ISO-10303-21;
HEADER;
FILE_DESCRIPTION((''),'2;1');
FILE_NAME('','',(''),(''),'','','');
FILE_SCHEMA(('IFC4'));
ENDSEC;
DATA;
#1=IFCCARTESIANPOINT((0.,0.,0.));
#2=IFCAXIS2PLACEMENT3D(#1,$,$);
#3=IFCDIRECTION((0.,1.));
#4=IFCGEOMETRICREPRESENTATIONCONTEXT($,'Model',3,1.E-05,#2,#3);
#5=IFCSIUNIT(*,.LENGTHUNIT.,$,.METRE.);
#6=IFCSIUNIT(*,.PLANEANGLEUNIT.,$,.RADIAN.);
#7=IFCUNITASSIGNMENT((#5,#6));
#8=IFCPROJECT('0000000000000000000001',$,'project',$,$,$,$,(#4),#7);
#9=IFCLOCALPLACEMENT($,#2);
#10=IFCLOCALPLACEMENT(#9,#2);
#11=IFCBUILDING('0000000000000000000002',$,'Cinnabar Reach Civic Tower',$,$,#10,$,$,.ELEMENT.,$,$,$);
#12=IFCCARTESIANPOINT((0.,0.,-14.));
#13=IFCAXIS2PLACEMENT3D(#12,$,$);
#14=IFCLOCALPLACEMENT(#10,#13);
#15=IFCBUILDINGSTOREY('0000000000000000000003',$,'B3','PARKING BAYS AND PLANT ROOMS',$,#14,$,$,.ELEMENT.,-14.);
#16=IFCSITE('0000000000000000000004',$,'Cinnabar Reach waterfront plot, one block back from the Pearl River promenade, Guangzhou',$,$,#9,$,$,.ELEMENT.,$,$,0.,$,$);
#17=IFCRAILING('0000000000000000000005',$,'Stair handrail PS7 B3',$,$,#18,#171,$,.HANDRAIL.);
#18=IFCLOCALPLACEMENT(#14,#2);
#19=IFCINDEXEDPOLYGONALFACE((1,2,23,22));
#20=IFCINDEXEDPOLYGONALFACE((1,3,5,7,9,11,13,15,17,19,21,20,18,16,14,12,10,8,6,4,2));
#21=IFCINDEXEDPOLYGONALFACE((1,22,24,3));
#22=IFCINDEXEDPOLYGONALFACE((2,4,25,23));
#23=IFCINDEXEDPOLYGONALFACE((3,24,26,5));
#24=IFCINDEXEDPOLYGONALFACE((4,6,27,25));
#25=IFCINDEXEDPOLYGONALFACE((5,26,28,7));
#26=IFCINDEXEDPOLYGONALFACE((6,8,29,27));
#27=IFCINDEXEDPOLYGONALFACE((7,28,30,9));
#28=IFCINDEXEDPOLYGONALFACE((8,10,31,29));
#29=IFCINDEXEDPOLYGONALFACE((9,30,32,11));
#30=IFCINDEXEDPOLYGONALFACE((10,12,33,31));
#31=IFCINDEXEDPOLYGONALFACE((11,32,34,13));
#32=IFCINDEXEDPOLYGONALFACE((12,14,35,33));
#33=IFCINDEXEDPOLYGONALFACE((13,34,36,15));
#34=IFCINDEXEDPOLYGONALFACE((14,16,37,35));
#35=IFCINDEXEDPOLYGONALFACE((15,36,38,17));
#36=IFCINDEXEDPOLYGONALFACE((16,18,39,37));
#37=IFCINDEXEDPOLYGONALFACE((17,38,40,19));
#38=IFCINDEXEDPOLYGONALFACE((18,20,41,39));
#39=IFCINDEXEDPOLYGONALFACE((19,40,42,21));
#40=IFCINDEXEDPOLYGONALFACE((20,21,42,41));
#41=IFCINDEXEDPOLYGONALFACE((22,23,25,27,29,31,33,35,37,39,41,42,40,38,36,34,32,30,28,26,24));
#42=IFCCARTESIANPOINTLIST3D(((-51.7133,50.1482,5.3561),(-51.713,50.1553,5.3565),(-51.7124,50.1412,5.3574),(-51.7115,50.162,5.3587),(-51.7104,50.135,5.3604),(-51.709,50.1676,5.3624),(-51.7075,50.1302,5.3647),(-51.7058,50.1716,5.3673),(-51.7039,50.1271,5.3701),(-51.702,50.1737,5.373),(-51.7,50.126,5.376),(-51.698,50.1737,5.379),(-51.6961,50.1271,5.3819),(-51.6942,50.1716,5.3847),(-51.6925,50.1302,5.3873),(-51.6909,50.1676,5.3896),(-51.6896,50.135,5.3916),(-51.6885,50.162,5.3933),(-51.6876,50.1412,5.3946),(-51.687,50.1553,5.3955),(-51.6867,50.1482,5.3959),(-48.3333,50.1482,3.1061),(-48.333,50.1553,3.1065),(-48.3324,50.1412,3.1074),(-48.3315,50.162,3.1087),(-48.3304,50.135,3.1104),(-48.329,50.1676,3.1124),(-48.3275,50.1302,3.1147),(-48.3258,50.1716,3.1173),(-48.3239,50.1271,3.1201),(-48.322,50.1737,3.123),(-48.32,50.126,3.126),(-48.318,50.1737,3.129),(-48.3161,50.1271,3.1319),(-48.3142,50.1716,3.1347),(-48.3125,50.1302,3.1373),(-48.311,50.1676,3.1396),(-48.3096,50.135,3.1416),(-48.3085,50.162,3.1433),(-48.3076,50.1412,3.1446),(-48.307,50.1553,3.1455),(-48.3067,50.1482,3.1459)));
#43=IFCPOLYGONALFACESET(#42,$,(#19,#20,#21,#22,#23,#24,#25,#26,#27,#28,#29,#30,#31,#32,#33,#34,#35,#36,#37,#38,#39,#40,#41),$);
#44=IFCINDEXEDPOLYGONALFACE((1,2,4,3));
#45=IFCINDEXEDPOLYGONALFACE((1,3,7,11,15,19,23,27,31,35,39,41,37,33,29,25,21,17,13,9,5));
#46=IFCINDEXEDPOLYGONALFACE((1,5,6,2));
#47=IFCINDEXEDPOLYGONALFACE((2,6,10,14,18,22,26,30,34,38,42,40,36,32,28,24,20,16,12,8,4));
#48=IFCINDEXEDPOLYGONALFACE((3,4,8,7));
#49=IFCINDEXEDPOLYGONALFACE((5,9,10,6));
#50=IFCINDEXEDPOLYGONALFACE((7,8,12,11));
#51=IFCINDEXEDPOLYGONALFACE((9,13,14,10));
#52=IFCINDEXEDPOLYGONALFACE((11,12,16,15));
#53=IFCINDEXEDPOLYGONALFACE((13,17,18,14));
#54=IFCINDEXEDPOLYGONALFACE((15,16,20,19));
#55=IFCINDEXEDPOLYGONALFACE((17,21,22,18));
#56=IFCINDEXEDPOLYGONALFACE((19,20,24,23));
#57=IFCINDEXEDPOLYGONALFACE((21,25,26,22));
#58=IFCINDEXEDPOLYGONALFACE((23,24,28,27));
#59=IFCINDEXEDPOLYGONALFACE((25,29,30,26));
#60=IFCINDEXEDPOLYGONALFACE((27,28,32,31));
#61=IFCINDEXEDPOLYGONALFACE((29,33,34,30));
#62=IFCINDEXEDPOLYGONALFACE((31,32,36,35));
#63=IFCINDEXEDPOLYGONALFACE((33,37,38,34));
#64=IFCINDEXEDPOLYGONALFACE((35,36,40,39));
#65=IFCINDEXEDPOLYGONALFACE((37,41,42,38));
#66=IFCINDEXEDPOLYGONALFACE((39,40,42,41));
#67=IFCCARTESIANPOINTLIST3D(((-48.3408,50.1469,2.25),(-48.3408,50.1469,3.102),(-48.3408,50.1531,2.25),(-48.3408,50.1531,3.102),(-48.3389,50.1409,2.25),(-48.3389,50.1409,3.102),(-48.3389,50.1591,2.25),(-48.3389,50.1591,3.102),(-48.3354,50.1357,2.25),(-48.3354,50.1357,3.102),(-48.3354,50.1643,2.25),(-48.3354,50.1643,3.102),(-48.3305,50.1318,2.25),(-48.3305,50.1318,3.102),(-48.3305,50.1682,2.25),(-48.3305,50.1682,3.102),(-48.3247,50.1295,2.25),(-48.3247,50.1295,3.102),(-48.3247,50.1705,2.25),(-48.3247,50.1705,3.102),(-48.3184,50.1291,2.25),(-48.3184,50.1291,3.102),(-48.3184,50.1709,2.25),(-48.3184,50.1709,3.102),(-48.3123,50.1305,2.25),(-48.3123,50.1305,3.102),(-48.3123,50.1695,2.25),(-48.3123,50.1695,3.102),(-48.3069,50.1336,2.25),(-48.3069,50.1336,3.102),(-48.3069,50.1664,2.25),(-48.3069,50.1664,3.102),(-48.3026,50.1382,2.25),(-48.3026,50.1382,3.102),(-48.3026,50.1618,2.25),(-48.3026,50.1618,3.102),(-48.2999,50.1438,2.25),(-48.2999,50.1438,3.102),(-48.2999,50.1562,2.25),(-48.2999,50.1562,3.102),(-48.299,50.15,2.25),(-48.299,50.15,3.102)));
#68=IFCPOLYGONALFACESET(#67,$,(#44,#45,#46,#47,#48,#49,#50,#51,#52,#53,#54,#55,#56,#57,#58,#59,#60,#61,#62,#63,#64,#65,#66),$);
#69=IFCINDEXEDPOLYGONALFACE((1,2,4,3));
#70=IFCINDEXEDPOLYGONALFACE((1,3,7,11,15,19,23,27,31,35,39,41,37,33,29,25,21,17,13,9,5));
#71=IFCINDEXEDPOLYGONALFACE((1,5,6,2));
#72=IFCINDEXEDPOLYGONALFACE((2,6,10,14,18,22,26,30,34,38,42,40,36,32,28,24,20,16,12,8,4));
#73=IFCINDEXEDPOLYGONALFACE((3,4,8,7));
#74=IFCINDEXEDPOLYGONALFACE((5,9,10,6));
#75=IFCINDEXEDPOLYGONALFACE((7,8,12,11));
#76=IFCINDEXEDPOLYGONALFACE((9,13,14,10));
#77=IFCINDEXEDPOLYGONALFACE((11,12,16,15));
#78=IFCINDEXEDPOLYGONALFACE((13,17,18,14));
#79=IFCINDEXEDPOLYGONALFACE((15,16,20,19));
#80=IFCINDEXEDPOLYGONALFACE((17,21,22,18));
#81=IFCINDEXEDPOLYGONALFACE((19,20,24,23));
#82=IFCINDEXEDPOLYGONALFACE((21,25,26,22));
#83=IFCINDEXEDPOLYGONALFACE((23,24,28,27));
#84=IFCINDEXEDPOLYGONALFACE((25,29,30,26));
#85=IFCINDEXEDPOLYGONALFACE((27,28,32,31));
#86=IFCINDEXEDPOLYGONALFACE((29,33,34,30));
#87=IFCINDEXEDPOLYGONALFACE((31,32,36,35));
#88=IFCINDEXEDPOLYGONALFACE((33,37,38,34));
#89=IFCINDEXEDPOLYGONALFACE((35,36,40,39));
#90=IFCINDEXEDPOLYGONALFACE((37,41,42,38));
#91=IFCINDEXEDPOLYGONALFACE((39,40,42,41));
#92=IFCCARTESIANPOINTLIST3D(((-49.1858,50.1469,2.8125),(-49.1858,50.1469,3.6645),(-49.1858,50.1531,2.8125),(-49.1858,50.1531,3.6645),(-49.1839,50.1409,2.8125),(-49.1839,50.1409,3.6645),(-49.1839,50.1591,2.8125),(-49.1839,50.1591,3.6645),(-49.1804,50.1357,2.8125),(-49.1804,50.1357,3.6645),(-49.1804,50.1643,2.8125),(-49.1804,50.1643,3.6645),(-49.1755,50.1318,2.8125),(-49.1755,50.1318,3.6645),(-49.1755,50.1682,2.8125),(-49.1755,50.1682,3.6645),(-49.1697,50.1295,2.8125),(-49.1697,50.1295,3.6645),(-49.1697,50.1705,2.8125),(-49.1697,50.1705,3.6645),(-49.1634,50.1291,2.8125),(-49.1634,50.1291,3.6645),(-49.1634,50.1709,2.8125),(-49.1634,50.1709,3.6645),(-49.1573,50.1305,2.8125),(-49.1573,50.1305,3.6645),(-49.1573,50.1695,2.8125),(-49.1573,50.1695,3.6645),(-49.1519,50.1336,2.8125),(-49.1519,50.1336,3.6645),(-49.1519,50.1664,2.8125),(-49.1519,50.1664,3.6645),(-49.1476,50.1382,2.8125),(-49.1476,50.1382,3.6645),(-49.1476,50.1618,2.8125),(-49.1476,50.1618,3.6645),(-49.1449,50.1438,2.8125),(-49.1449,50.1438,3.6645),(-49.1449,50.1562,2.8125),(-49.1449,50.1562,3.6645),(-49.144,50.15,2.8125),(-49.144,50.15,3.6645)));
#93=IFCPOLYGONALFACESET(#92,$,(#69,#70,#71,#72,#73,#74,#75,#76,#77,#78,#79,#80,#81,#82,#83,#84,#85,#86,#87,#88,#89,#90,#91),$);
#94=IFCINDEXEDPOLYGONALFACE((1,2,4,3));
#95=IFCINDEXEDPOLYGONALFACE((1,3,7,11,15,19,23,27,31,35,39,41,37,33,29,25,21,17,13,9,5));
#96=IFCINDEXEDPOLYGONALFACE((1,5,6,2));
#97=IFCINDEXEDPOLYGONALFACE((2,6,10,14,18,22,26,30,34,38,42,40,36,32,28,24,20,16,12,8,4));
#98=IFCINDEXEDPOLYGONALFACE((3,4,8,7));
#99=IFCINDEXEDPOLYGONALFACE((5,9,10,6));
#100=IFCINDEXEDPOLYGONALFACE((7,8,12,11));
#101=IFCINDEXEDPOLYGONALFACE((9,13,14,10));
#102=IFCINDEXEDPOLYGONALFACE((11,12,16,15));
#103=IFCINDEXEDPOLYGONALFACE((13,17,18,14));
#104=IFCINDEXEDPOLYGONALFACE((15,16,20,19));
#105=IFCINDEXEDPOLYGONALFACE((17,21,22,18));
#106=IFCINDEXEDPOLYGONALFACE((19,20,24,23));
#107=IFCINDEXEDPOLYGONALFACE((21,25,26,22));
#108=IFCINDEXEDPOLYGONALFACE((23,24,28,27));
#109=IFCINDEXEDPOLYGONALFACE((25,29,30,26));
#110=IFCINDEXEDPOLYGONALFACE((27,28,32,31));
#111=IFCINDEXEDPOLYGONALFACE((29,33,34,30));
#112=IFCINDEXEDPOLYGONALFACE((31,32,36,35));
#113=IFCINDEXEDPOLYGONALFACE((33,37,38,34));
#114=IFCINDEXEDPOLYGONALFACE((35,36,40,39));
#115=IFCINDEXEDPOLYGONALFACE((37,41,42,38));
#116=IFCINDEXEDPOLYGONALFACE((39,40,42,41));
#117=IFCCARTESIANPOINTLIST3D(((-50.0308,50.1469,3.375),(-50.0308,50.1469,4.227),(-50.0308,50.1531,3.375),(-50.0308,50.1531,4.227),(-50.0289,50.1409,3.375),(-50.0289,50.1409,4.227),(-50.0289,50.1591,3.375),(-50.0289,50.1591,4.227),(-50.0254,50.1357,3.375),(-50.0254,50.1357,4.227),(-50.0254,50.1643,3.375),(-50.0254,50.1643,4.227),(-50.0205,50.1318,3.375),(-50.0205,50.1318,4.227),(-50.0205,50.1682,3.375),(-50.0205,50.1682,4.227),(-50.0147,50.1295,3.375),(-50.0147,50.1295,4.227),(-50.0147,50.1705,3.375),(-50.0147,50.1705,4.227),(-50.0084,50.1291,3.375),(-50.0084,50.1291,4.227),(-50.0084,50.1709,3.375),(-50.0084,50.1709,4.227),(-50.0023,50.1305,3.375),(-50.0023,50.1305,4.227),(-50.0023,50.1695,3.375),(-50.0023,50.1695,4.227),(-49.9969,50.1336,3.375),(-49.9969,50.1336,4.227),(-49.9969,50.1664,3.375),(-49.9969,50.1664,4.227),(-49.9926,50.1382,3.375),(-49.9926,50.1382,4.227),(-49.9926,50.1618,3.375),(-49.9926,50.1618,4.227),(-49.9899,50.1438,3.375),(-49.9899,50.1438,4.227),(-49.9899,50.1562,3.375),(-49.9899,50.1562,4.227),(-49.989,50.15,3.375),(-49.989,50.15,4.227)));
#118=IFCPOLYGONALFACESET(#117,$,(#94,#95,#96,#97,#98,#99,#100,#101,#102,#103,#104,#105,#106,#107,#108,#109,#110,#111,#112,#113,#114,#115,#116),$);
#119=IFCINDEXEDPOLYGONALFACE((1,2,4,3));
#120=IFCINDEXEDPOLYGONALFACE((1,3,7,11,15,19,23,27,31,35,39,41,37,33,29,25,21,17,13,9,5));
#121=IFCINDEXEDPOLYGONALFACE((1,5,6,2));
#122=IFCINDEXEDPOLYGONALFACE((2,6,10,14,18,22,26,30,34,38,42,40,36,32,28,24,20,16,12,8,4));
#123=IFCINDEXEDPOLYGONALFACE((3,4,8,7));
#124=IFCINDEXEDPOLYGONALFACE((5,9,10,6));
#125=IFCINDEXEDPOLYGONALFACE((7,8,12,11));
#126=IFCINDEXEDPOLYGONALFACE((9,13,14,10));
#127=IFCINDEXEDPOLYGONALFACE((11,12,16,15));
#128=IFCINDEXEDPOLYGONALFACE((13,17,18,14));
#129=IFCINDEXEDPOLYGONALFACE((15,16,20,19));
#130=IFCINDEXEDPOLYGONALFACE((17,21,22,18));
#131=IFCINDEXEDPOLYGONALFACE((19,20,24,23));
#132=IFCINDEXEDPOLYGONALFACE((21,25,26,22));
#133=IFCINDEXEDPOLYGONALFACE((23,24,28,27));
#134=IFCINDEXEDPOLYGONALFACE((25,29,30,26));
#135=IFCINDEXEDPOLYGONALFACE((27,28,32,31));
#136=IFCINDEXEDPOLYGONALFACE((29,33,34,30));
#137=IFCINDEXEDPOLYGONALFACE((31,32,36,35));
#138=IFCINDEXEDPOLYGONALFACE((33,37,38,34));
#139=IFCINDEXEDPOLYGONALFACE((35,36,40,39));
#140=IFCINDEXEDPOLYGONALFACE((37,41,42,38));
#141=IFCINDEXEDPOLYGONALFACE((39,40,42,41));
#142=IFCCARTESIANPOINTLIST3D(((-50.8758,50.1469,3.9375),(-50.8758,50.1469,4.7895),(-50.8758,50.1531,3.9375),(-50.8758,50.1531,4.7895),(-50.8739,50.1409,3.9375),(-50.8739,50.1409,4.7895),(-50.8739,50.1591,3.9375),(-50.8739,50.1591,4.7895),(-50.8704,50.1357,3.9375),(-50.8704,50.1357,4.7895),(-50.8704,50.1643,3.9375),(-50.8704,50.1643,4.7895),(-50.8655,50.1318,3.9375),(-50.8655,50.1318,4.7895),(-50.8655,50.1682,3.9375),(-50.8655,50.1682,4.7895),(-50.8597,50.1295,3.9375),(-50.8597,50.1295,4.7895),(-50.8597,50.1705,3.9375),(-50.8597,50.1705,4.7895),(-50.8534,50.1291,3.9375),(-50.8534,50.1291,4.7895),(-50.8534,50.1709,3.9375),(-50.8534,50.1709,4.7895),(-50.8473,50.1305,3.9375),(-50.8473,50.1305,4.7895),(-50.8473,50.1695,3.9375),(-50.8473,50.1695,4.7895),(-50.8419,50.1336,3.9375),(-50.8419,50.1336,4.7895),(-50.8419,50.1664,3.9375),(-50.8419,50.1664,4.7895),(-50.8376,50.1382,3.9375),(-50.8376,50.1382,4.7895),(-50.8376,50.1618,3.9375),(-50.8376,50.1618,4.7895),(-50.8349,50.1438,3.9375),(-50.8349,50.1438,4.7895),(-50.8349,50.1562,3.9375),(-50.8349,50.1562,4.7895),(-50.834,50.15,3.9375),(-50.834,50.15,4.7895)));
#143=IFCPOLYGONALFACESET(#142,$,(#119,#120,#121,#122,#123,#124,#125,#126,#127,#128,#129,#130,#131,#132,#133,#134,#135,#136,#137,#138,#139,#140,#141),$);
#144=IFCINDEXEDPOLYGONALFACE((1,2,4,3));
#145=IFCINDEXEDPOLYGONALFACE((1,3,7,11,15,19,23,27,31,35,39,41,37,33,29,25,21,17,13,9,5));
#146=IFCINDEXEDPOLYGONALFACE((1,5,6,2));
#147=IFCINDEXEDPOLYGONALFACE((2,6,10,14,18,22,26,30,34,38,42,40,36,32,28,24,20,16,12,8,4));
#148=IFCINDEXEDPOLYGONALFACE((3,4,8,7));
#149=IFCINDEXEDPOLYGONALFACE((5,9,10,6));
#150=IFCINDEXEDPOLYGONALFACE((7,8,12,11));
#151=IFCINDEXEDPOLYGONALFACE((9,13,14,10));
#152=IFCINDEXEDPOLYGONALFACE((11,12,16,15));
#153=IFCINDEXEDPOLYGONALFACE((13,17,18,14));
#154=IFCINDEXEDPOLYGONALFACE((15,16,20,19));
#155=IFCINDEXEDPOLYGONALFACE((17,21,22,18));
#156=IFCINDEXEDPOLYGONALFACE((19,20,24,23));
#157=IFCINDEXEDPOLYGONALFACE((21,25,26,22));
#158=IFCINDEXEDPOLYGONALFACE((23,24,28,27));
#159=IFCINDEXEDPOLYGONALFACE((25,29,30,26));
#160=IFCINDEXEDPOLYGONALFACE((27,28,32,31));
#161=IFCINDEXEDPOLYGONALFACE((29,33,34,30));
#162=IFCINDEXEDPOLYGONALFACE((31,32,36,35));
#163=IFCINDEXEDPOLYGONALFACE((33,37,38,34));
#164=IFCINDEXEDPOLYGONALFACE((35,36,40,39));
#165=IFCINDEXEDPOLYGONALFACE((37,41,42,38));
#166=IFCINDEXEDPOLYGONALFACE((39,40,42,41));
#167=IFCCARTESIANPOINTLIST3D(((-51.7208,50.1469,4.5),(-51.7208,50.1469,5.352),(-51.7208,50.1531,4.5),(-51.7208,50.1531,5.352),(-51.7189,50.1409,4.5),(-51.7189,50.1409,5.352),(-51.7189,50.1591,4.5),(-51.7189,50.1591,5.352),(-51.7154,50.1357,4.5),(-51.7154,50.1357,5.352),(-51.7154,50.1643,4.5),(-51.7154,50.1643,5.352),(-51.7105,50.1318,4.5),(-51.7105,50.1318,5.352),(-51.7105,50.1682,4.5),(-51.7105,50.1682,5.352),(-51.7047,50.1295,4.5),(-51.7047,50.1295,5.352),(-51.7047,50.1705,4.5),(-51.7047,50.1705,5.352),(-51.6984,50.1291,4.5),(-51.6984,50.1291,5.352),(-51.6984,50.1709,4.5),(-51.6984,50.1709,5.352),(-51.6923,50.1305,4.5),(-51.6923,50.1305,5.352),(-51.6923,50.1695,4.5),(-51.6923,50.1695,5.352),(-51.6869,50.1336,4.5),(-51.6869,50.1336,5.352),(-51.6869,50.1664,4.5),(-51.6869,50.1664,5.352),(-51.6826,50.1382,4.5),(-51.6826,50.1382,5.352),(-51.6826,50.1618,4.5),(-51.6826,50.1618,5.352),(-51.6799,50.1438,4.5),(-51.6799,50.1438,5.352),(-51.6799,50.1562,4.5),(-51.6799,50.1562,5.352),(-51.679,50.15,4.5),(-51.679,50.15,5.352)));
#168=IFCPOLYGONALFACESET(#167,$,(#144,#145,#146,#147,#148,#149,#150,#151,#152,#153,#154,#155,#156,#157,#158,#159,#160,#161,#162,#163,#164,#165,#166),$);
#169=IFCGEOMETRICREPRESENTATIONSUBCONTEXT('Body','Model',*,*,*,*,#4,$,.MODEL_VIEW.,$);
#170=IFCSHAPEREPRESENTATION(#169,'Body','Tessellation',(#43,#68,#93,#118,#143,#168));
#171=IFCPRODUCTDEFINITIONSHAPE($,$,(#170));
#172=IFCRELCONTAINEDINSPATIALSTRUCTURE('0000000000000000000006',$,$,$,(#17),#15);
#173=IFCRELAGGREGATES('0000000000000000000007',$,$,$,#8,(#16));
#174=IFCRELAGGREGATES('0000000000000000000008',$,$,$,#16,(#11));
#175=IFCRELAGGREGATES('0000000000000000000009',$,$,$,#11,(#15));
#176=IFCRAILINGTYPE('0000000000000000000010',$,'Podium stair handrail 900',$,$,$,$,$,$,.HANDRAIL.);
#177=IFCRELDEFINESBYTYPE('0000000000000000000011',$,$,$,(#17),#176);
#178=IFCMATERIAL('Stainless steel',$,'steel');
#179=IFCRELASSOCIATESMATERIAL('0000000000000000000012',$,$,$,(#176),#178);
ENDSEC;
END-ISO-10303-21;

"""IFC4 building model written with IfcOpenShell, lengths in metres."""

from ifc_helpers import new_model, si_unit, direction, frame, origin, origin_2d, place, context, subcontext, project, spatial, circle, extrude, material, type_object, element, save


model = new_model("IFC4")

# Units and contexts
model_context = context("Model", 3, precision=1e-05, world=origin(), true_north=direction((0.0, 1.0)))
body_context = subcontext(model_context, "Body", "Model", "MODEL_VIEW")
ifc_project = project(units=[si_unit("LENGTHUNIT", "METRE"), si_unit("PLANEANGLEUNIT", "RADIAN")], contexts=[model_context])

# Site, building, storey
site_placement = place(None, origin())
site = spatial("IfcSite", under=ifc_project, at=site_placement, Name="Cinnabar Reach waterfront plot, one block back from the Pearl River promenade, Guangzhou", CompositionType="ELEMENT", RefElevation=0.0)
building_placement = place(site_placement, origin())
building = spatial("IfcBuilding", under=site, at=building_placement, Name="Cinnabar Reach Civic Tower", CompositionType="ELEMENT")
storey_placement = place(building_placement, frame((0.0, 0.0, -14.0)))
storey = spatial("IfcBuildingStorey", under=building, at=storey_placement, Name="B3", Description="PARKING BAYS AND PLANT ROOMS", CompositionType="ELEMENT", Elevation=-14.0)

# Railing
ifc_material_1 = material(Name="Stainless steel", Category="steel")
railing_type_1 = type_object("IfcRailingType", Name="Podium stair handrail 900", PredefinedType="HANDRAIL", material=ifc_material_1)
railing_1_placement = place(storey_placement, frame((-48.32, 50.15, 2.25)))
element("IfcRailing", 1, at=railing_1_placement, inside=storey, type_object=railing_type_1, Name="Stair handrail PS7 B3", PredefinedType="HANDRAIL", context=body_context, shape_type="SweptSolid", body=[
    extrude(circle(Radius=0.024, at=origin_2d()), frame((0.0, 0.0, 0.876), z_axis=(-0.832429, 0.0, 0.554132), x_axis=(0.0, -1.0, 0.0)), (0.0, 0.0, 1.0), 4.0604),
    extrude(circle(Radius=0.021, at=origin_2d()), origin(), (0.0, 0.0, 1.0), 0.852),
    extrude(circle(Radius=0.021, at=origin_2d()), frame((-0.845, 0.0, 0.5625)), (0.0, 0.0, 1.0), 0.852),
    extrude(circle(Radius=0.021, at=origin_2d()), frame((-1.69, 0.0, 1.125)), (0.0, 0.0, 1.0), 0.852),
    extrude(circle(Radius=0.021, at=origin_2d()), frame((-2.535, 0.0, 1.6875)), (0.0, 0.0, 1.0), 0.852),
    extrude(circle(Radius=0.021, at=origin_2d()), frame((-3.38, 0.0, 2.25)), (0.0, 0.0, 1.0), 0.852),
])

save(model, "model.ifc")
